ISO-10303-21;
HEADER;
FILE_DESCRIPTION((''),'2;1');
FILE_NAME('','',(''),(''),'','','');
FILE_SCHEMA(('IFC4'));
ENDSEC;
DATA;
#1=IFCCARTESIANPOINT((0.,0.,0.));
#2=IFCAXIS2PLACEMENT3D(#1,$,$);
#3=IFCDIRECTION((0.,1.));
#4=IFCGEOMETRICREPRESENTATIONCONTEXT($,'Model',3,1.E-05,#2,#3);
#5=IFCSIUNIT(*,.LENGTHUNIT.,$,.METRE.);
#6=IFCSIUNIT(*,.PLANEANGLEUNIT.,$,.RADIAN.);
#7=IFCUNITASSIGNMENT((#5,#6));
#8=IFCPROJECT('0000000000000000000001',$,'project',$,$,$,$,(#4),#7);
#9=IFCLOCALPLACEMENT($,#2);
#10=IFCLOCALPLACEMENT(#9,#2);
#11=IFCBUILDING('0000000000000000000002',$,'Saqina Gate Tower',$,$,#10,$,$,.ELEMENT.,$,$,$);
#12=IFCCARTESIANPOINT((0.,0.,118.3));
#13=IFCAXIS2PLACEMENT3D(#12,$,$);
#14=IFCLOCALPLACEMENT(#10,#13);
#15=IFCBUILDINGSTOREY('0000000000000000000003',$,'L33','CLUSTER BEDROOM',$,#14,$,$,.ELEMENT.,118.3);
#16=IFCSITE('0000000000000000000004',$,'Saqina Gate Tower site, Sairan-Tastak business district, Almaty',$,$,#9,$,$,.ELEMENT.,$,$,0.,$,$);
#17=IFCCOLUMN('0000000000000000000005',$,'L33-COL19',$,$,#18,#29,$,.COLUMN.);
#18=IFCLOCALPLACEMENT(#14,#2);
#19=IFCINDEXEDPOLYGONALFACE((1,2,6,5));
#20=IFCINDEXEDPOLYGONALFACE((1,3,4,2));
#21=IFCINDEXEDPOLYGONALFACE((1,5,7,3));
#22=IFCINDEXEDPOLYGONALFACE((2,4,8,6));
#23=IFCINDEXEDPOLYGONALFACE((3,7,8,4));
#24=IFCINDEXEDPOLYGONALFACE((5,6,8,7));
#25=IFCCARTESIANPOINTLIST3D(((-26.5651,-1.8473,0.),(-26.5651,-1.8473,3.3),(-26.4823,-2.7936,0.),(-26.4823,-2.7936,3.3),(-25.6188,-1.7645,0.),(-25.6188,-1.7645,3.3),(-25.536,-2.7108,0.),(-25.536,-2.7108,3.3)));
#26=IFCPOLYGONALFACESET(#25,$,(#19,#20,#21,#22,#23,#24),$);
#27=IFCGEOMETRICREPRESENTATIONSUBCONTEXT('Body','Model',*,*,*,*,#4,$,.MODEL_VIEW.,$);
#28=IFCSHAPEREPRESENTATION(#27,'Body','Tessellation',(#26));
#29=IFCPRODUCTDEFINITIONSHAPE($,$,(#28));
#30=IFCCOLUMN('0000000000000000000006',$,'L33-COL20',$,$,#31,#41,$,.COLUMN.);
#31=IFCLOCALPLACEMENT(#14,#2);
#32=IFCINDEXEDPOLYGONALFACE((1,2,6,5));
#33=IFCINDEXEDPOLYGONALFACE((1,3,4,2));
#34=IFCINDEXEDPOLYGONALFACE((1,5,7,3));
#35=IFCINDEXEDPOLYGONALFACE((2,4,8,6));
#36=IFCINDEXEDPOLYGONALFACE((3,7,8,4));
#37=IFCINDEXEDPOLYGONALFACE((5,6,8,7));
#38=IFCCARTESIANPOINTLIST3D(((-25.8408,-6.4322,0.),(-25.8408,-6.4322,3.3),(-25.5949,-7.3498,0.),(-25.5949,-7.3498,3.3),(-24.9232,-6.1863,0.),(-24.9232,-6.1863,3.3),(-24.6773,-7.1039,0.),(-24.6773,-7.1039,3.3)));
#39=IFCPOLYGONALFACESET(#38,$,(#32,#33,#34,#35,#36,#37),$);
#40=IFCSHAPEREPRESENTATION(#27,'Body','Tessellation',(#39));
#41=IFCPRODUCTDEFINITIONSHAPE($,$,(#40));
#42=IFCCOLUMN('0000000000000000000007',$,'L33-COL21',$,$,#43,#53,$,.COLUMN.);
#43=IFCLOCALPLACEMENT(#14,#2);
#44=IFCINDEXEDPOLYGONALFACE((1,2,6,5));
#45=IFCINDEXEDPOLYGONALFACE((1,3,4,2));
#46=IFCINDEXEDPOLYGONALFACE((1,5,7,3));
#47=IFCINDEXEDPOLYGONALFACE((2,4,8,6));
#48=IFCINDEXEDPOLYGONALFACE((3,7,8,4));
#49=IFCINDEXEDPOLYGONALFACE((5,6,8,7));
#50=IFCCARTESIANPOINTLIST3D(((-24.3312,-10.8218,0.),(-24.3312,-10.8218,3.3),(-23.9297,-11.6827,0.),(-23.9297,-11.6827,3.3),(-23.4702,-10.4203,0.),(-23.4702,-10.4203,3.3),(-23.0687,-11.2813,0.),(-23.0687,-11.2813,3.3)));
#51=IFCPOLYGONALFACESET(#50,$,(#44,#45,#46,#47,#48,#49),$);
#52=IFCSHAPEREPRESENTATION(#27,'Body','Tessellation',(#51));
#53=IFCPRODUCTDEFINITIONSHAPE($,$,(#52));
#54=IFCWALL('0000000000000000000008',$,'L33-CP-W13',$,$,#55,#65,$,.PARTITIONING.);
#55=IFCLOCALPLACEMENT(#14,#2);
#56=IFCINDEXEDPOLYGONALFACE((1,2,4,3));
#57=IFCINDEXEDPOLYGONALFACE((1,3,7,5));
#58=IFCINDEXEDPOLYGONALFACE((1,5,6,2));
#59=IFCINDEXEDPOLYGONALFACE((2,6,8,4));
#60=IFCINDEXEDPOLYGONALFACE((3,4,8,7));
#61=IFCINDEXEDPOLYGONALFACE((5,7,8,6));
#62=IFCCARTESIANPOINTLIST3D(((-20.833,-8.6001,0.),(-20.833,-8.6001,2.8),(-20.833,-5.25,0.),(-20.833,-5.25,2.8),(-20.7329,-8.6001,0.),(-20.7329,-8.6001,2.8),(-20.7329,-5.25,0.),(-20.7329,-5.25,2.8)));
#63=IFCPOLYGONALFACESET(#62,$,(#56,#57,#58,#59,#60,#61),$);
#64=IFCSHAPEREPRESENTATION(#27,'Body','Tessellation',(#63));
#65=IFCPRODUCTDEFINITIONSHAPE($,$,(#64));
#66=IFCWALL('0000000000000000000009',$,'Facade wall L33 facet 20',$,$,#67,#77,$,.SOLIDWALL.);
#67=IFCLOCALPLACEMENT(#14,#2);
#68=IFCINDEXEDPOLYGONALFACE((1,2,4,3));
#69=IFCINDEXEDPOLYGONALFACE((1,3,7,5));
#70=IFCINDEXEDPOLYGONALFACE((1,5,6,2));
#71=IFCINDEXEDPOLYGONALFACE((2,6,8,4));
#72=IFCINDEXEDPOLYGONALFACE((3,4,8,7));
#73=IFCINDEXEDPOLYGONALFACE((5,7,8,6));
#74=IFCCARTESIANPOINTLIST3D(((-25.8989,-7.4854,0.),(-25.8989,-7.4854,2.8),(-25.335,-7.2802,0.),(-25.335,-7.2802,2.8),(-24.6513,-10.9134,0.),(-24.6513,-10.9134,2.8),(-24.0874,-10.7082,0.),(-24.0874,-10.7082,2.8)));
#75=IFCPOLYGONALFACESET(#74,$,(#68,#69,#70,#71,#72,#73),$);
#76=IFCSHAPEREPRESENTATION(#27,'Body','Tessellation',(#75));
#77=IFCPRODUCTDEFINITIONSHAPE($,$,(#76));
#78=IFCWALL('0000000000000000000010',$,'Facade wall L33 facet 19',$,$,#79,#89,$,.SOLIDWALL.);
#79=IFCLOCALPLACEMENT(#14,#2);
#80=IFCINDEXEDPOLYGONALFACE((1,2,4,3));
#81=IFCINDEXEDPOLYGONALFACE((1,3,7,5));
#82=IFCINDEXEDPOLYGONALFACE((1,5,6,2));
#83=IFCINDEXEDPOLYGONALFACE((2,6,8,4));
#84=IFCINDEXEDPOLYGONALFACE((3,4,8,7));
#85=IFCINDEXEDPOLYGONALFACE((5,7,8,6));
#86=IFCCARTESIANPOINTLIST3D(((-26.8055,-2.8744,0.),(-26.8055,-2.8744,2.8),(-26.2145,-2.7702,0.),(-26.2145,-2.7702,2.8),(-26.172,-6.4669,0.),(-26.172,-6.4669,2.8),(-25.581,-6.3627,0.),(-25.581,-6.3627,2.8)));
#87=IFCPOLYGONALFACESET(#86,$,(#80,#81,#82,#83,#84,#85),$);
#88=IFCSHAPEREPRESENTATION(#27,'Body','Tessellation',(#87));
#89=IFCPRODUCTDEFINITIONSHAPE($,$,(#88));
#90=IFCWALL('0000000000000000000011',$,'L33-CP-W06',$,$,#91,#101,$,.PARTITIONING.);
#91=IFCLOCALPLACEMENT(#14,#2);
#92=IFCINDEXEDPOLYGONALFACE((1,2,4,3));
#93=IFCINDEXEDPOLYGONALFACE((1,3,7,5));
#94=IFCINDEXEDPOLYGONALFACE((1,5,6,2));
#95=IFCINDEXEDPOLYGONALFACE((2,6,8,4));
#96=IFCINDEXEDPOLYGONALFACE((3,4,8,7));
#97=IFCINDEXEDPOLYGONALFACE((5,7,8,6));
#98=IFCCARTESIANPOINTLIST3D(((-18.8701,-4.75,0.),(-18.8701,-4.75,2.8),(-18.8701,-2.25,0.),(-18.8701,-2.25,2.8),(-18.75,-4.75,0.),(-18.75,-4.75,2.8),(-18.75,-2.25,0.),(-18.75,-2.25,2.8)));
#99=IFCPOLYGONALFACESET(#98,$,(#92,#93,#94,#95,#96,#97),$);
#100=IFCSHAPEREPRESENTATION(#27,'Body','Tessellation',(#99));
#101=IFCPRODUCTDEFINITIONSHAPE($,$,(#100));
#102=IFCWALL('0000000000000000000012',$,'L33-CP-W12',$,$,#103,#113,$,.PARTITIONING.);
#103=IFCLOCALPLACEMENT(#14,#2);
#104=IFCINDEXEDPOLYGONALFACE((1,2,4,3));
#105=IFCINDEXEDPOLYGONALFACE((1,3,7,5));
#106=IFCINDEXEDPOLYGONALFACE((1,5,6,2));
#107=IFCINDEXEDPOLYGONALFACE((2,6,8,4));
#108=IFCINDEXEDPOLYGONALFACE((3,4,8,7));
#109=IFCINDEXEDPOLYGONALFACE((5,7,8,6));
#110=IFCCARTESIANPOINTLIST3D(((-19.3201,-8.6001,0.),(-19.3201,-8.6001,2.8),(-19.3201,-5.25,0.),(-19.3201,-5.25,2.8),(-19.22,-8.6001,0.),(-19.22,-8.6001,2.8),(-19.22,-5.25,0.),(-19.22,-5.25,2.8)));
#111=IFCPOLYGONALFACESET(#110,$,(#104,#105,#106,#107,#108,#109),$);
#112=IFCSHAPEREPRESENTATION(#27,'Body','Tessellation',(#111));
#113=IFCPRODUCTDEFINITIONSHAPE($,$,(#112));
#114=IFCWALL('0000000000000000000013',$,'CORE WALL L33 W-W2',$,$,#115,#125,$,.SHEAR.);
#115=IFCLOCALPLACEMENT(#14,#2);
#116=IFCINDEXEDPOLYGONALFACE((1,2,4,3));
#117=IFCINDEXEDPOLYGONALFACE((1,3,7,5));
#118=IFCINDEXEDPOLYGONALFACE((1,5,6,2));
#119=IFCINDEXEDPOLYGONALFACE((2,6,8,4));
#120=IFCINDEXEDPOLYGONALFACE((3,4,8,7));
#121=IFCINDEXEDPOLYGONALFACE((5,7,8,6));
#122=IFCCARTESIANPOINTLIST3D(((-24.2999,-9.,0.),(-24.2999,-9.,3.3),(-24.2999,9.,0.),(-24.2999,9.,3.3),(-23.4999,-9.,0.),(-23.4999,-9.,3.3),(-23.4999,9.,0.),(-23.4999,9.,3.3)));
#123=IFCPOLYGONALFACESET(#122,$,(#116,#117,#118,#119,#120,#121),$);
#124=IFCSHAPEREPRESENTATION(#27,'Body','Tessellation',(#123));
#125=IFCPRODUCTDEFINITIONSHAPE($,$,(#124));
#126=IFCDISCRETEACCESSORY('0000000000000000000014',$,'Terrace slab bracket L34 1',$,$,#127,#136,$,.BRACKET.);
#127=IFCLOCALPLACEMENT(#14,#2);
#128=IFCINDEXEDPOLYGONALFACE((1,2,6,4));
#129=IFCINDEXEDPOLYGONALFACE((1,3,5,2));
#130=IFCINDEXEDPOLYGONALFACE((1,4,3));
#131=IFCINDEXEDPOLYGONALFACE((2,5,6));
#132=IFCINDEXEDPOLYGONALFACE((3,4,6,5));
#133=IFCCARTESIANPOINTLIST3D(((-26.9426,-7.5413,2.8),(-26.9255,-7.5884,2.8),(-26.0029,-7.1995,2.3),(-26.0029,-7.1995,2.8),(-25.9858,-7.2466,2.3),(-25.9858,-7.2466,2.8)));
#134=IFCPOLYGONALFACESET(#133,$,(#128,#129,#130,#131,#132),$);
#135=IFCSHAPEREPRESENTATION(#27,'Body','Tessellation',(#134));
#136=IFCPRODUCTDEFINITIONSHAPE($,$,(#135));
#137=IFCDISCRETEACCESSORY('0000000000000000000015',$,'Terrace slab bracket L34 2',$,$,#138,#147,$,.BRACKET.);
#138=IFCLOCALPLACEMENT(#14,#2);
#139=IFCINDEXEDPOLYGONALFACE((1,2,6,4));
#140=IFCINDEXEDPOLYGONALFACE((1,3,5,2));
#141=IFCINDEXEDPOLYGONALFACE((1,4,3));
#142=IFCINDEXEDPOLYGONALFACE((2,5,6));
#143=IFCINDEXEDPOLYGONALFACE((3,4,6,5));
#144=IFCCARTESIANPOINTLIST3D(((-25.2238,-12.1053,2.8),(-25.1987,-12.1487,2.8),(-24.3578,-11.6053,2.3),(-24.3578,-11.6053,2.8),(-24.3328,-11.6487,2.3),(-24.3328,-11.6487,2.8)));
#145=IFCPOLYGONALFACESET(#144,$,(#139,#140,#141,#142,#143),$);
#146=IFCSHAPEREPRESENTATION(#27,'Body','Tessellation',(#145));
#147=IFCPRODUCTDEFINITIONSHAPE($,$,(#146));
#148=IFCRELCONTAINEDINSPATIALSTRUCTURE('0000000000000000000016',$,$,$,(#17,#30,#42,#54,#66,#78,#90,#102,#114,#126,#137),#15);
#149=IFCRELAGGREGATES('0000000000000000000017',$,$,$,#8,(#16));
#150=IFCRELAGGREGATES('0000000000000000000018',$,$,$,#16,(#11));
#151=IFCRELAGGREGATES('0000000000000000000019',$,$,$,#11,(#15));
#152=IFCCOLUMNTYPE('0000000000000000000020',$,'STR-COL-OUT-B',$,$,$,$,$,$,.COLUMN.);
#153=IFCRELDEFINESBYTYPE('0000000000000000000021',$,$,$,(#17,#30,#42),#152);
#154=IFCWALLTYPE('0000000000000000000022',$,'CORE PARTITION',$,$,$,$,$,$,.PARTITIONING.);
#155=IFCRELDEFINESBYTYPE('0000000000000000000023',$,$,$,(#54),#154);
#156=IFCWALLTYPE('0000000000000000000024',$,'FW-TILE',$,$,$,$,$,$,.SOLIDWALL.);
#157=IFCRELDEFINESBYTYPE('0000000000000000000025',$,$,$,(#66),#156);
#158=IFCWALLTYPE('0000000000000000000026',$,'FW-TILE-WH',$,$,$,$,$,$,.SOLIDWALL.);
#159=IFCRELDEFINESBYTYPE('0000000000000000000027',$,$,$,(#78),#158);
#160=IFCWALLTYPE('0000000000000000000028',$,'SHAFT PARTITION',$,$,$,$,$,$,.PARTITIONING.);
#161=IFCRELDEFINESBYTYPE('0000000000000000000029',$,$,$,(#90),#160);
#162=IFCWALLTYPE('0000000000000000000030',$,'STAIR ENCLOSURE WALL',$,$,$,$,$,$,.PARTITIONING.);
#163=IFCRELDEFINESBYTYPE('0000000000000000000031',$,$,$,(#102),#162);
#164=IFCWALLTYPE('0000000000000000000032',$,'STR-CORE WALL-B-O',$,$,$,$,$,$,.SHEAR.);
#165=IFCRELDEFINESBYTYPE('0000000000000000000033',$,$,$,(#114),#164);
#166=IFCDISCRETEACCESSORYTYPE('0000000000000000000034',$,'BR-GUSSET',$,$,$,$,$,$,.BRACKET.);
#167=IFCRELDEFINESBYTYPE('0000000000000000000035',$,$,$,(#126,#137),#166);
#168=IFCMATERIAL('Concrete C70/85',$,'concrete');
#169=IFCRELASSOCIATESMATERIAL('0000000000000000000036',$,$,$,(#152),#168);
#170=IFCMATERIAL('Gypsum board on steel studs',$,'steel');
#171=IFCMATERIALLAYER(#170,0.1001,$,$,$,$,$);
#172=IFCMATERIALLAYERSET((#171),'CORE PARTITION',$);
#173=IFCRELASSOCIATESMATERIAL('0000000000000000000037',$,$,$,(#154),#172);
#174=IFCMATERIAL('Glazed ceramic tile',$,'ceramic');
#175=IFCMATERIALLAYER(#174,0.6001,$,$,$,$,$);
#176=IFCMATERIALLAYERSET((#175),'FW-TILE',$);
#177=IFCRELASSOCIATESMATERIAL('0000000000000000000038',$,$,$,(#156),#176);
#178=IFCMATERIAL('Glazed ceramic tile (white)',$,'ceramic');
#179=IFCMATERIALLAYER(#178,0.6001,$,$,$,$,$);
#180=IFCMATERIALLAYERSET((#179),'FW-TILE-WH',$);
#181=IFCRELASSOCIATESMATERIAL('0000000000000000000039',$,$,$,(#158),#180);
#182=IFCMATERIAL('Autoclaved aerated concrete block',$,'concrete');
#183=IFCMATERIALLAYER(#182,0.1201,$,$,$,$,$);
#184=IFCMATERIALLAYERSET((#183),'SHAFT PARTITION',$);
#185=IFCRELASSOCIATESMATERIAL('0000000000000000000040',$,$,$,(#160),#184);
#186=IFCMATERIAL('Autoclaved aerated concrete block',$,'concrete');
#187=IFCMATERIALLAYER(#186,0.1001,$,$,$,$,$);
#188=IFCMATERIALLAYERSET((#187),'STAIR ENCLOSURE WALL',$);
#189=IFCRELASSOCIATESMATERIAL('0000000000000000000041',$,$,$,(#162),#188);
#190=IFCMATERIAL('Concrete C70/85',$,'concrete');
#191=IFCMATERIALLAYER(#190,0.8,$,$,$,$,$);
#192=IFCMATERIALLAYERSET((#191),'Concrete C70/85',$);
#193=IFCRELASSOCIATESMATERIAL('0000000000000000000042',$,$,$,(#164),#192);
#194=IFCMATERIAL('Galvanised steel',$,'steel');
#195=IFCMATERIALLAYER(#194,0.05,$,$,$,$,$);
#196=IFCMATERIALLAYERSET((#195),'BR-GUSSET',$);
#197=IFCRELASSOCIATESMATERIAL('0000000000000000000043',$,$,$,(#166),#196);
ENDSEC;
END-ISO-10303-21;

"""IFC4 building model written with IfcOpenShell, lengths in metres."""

from ifc_helpers import new_model, si_unit, direction, frame, frame_2d, origin, origin_2d, place, context, subcontext, project, spatial, polyline, rectangle, outline, extrude, material, layer, layer_set, material_profile, profile_set, type_object, element, save


model = new_model("IFC4")

# Units and contexts
model_context = context("Model", 3, precision=1e-05, world=origin(), true_north=direction((0.0, 1.0)))
body_context = subcontext(model_context, "Body", "Model", "MODEL_VIEW")
ifc_project = project(units=[si_unit("LENGTHUNIT", "METRE"), si_unit("PLANEANGLEUNIT", "RADIAN")], contexts=[model_context])

# Site, building, storey
site_placement = place(None, origin())
site = spatial("IfcSite", under=ifc_project, at=site_placement, Name="Saqina Gate Tower site, Sairan-Tastak business district, Almaty", CompositionType="ELEMENT", RefElevation=0.0)
building_placement = place(site_placement, origin())
building = spatial("IfcBuilding", under=site, at=building_placement, Name="Saqina Gate Tower", CompositionType="ELEMENT")
storey_placement = place(building_placement, frame((0.0, 0.0, 118.3)))
storey = spatial("IfcBuildingStorey", under=building, at=storey_placement, Name="L33", Description="CLUSTER BEDROOM", CompositionType="ELEMENT", Elevation=118.3)

# Columns
ifc_material_1 = material(Name="Concrete C70/85", Category="concrete")
ifc_material_profile = material_profile(ifc_material_1, rectangle(XDim=0.95, YDim=0.95, at=origin_2d()), Name="RC 950x950")
ifc_profile_set = profile_set([ifc_material_profile], Name="Concrete C70/85")
column_type = type_object("IfcColumnType", Name="STR-COL-OUT-B", PredefinedType="COLUMN", material=ifc_profile_set)
for number, where, z_axis, x_axis, name in (
    (1, (-26.0505, -2.2791, 0.0), (0.0, 0.0, 1.0), (-0.996195, -0.087156, 0.0), "L33-COL19"),
    (2, (-25.259, -6.7681, 0.0), (0.0, 0.0, 1.0), (-0.965926, -0.258819, 0.0), "L33-COL20"),
    (3, (-23.7, -11.0515, 0.0), (0.0, 0.0, 1.0), (-0.906308, -0.422618, 0.0), "L33-COL21"),
):
    element("IfcColumn", number, at=place(storey_placement, frame(where, z_axis=z_axis, x_axis=x_axis)), inside=storey, type_object=column_type, Name=name, PredefinedType="COLUMN", context=body_context, shape_type="SweptSolid", body=[
        extrude(rectangle(XDim=0.95, YDim=0.95, at=origin_2d()), origin(), (0.0, 0.0, 1.0), 3.3),
    ])

# Wall
ifc_material_2 = material(Name="Gypsum board on steel studs", Category="steel")
ifc_layer_1 = layer(ifc_material_2, 0.1001)
ifc_layer_set_1 = layer_set([ifc_layer_1], Name="CORE PARTITION")
wall_type_1 = type_object("IfcWallType", Name="CORE PARTITION", PredefinedType="PARTITIONING", material=ifc_layer_set_1)
wall_1_placement = place(storey_placement, frame((-20.783, -8.6001, 0.0), z_axis=(0.0, 0.0, 1.0), x_axis=(0.0, 1.0, 0.0)))
element("IfcWall", 4, at=wall_1_placement, inside=storey, type_object=wall_type_1, Name="L33-CP-W13", PredefinedType="PARTITIONING", context=body_context, shape_type="SweptSolid", body=[
    extrude(rectangle(XDim=3.3501, YDim=0.1001, at=frame_2d((1.675, 0.0))), origin(), (0.0, 0.0, 1.0), 2.8),
])

# Walls
ifc_material_3 = material(Name="Glazed ceramic tile", Category="ceramic")
ifc_layer_2 = layer(ifc_material_3, 0.6001)
ifc_layer_set_2 = layer_set([ifc_layer_2], Name="FW-TILE")
wall_type_2 = type_object("IfcWallType", Name="FW-TILE", PredefinedType="SOLIDWALL", material=ifc_layer_set_2)
wall_2_placement = place(storey_placement, frame((-25.6169, -7.3828, 0.0), z_axis=(0.0, 0.0, 1.0), x_axis=(0.34199, -0.939704, 0.0)))
element("IfcWall", 5, at=wall_2_placement, inside=storey, type_object=wall_type_2, Name="Facade wall L33 facet 20", PredefinedType="SOLIDWALL", context=body_context, shape_type="SweptSolid", body=[
    extrude(rectangle(XDim=3.6479, YDim=0.6001, at=frame_2d((1.824, 0.0))), origin(), (0.0, 0.0, 1.0), 2.8),
])
ifc_material_4 = material(Name="Glazed ceramic tile (white)", Category="ceramic")
ifc_layer_3 = layer(ifc_material_4, 0.6001)
ifc_layer_set_3 = layer_set([ifc_layer_3], Name="FW-TILE-WH")
wall_type_3 = type_object("IfcWallType", Name="FW-TILE-WH", PredefinedType="SOLIDWALL", material=ifc_layer_set_3)
wall_3_placement = place(storey_placement, frame((-26.51, -2.8223, 0.0), z_axis=(0.0, 0.0, 1.0), x_axis=(0.173671, -0.984804, 0.0)))
element("IfcWall", 6, at=wall_3_placement, inside=storey, type_object=wall_type_3, Name="Facade wall L33 facet 19", PredefinedType="SOLIDWALL", context=body_context, shape_type="SweptSolid", body=[
    extrude(rectangle(XDim=3.6479, YDim=0.6001, at=frame_2d((1.824, 0.0))), origin(), (0.0, 0.0, 1.0), 2.8),
])
ifc_material_5 = material(Name="Autoclaved aerated concrete block", Category="concrete")
ifc_layer_4 = layer(ifc_material_5, 0.1201)
ifc_layer_set_4 = layer_set([ifc_layer_4], Name="SHAFT PARTITION")
wall_type_4 = type_object("IfcWallType", Name="SHAFT PARTITION", PredefinedType="PARTITIONING", material=ifc_layer_set_4)
wall_4_placement = place(storey_placement, frame((-18.8101, -4.75, 0.0), z_axis=(0.0, 0.0, 1.0), x_axis=(0.0, 1.0, 0.0)))
element("IfcWall", 7, at=wall_4_placement, inside=storey, type_object=wall_type_4, Name="L33-CP-W06", PredefinedType="PARTITIONING", context=body_context, shape_type="SweptSolid", body=[
    extrude(rectangle(XDim=2.5, YDim=0.1201, at=frame_2d((1.25, 0.0))), origin(), (0.0, 0.0, 1.0), 2.8),
])
ifc_material_6 = material(Name="Autoclaved aerated concrete block", Category="concrete")
ifc_layer_5 = layer(ifc_material_6, 0.1001)
ifc_layer_set_5 = layer_set([ifc_layer_5], Name="STAIR ENCLOSURE WALL")
wall_type_5 = type_object("IfcWallType", Name="STAIR ENCLOSURE WALL", PredefinedType="PARTITIONING", material=ifc_layer_set_5)
wall_5_placement = place(storey_placement, frame((-19.27, -8.6001, 0.0), z_axis=(0.0, 0.0, 1.0), x_axis=(0.0, 1.0, 0.0)))
element("IfcWall", 8, at=wall_5_placement, inside=storey, type_object=wall_type_5, Name="L33-CP-W12", PredefinedType="PARTITIONING", context=body_context, shape_type="SweptSolid", body=[
    extrude(rectangle(XDim=3.3501, YDim=0.1001, at=frame_2d((1.675, 0.0))), origin(), (0.0, 0.0, 1.0), 2.8),
])
ifc_material_7 = material(Name="Concrete C70/85", Category="concrete")
ifc_layer_6 = layer(ifc_material_7, 0.8)
ifc_layer_set_6 = layer_set([ifc_layer_6], Name="Concrete C70/85")
wall_type_6 = type_object("IfcWallType", Name="STR-CORE WALL-B-O", PredefinedType="SHEAR", material=ifc_layer_set_6)
wall_6_placement = place(storey_placement, frame((-23.8999, -9.0, 0.0), z_axis=(0.0, 0.0, 1.0), x_axis=(0.0, 1.0, 0.0)))
element("IfcWall", 9, at=wall_6_placement, inside=storey, type_object=wall_type_6, Name="CORE WALL L33 W-W2", PredefinedType="SHEAR", context=body_context, shape_type="SweptSolid", body=[
    extrude(rectangle(XDim=18.0, YDim=0.8, at=frame_2d((9.0, 0.0))), origin(), (0.0, 0.0, 1.0), 3.3),
])

# Discrete accessories
ifc_material_8 = material(Name="Galvanised steel", Category="steel")
ifc_layer_7 = layer(ifc_material_8, 0.05)
ifc_layer_set_7 = layer_set([ifc_layer_7], Name="BR-GUSSET")
discrete_accessory_type = type_object("IfcDiscreteAccessoryType", Name="BR-GUSSET", PredefinedType="BRACKET", material=ifc_layer_set_7)
discrete_accessory_1_placement = place(storey_placement, frame((-25.9858, -7.2466, 2.3), z_axis=(0.341821, -0.939765, 0.0), x_axis=(0.0, 0.0, 1.0)))
element("IfcDiscreteAccessory", 10, at=discrete_accessory_1_placement, inside=storey, type_object=discrete_accessory_type, Name="Terrace slab bracket L34 1", PredefinedType="BRACKET", context=body_context, shape_type="SweptSolid", body=[
    extrude(outline(polyline([(0.0, 0.0), (0.5, 0.0), (0.5, 0.9999), (0.0, 0.0)])), origin(), (0.0, 0.0, -1.0), 0.05),
])
discrete_accessory_2_placement = place(storey_placement, frame((-24.3328, -11.6487, 2.3), z_axis=(0.500025, -0.866011, 0.0), x_axis=(0.0, 0.0, 1.0)))
element("IfcDiscreteAccessory", 11, at=discrete_accessory_2_placement, inside=storey, type_object=discrete_accessory_type, Name="Terrace slab bracket L34 2", PredefinedType="BRACKET", context=body_context, shape_type="SweptSolid", body=[
    extrude(outline(polyline([(0.0, 0.0), (0.5, 0.0), (0.5, 0.9999), (0.0, 0.0)])), origin(), (0.0, 0.0, -1.0), 0.05),
])

save(model, "model.ifc")
